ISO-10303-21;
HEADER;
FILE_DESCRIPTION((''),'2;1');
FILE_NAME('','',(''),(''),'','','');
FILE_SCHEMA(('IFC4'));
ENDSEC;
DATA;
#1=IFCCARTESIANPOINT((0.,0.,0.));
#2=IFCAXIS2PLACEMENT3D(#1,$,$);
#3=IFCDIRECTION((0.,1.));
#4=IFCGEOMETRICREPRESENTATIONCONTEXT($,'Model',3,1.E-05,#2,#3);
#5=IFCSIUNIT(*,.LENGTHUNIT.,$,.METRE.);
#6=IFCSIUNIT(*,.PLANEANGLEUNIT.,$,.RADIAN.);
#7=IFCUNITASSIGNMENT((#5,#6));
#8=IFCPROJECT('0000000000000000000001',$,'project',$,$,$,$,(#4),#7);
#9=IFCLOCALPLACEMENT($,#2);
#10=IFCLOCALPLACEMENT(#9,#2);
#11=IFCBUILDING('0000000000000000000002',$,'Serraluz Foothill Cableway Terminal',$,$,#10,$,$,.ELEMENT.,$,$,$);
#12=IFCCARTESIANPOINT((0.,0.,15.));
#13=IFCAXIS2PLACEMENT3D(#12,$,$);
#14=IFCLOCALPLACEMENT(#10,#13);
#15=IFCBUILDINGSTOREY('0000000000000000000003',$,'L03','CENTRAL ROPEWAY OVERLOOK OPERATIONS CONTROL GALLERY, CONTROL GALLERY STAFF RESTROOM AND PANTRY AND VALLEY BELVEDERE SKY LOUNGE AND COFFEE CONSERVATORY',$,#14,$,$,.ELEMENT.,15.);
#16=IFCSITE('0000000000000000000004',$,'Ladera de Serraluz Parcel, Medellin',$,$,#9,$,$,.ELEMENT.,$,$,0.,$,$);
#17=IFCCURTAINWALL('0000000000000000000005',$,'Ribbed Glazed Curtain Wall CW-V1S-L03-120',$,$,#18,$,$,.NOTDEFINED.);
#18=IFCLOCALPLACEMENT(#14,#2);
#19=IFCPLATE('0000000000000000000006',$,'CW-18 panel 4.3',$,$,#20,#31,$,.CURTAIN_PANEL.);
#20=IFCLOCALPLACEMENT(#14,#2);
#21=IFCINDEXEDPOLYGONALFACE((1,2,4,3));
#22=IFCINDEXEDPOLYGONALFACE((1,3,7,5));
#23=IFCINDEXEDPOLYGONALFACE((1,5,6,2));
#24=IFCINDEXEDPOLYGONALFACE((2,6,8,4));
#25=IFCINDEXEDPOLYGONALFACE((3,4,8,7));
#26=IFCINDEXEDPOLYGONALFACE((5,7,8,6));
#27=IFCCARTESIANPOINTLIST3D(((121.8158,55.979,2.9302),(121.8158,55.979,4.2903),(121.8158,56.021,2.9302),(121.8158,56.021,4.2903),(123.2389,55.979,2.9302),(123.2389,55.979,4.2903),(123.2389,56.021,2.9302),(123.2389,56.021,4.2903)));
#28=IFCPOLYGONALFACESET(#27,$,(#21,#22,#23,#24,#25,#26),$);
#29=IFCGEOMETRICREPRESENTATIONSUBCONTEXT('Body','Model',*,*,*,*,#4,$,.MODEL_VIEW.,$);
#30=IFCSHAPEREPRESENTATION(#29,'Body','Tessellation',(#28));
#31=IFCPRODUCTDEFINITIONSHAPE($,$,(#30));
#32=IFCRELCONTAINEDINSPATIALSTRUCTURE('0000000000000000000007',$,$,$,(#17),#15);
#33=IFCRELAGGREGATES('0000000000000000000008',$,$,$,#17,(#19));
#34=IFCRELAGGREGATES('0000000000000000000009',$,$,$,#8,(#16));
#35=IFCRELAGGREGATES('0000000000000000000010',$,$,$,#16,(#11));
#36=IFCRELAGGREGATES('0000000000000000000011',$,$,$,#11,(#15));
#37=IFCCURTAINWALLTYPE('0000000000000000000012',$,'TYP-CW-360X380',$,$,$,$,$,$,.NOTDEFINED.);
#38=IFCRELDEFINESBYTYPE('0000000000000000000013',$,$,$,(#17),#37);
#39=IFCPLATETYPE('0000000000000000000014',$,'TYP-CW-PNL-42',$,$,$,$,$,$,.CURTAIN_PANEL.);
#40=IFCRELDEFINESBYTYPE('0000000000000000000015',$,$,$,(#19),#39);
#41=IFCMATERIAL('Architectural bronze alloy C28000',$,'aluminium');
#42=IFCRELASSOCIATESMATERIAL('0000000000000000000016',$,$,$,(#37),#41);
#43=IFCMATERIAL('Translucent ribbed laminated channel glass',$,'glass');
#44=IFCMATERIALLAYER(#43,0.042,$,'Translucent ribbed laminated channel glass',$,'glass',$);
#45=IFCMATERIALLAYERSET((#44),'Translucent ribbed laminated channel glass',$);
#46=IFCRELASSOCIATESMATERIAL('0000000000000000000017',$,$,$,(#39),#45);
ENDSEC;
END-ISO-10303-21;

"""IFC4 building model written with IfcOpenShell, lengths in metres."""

from ifc_helpers import new_model, si_unit, direction, frame, origin, origin_2d, place, context, subcontext, project, spatial, rectangle, extrude, material, layer, layer_set, type_object, element, aggregate, save


model = new_model("IFC4")

# Units and contexts
model_context = context("Model", 3, precision=1e-05, world=origin(), true_north=direction((0.0, 1.0)))
body_context = subcontext(model_context, "Body", "Model", "MODEL_VIEW")
ifc_project = project(units=[si_unit("LENGTHUNIT", "METRE"), si_unit("PLANEANGLEUNIT", "RADIAN")], contexts=[model_context])

# Site, building, storey
site_placement = place(None, origin())
site = spatial("IfcSite", under=ifc_project, at=site_placement, Name="Ladera de Serraluz Parcel, Medellin", CompositionType="ELEMENT", RefElevation=0.0)
building_placement = place(site_placement, origin())
building = spatial("IfcBuilding", under=site, at=building_placement, Name="Serraluz Foothill Cableway Terminal", CompositionType="ELEMENT")
storey_placement = place(building_placement, frame((0.0, 0.0, 15.0)))
storey = spatial("IfcBuildingStorey", under=building, at=storey_placement, Name="L03", Description="CENTRAL ROPEWAY OVERLOOK OPERATIONS CONTROL GALLERY, CONTROL GALLERY STAFF RESTROOM AND PANTRY AND VALLEY BELVEDERE SKY LOUNGE AND COFFEE CONSERVATORY", CompositionType="ELEMENT", Elevation=15.0)

# Curtain wall
ifc_material_1 = material(Name="Architectural bronze alloy C28000", Category="aluminium")
curtain_wall_type = type_object("IfcCurtainWallType", Name="TYP-CW-360X380", PredefinedType="NOTDEFINED", material=ifc_material_1)
curtain_wall_placement = place(storey_placement, origin())
curtain_wall = element("IfcCurtainWall", 1, at=curtain_wall_placement, inside=storey, type_object=curtain_wall_type, Name="Ribbed Glazed Curtain Wall CW-V1S-L03-120", PredefinedType="NOTDEFINED")

# Plate
ifc_material_2 = material(Name="Translucent ribbed laminated channel glass", Category="glass")
ifc_layer = layer(ifc_material_2, 0.042, Name="Translucent ribbed laminated channel glass", Category="glass")
ifc_layer_set = layer_set([ifc_layer], Name="Translucent ribbed laminated channel glass")
plate_type = type_object("IfcPlateType", Name="TYP-CW-PNL-42", PredefinedType="CURTAIN_PANEL", material=ifc_layer_set)
plate_1_placement = place(storey_placement, frame((122.5273, 56.0, 2.9302), z_axis=(0.0, 0.0, 1.0), x_axis=(-1.0, 0.0, 0.0)))
plate_1 = element("IfcPlate", 2, at=plate_1_placement, type_object=plate_type, Name="CW-18 panel 4.3", PredefinedType="CURTAIN_PANEL", context=body_context, shape_type="SweptSolid", body=[
    extrude(rectangle(XDim=1.4231, YDim=0.042, at=origin_2d()), origin(), (0.0, 0.0, 1.0), 1.3601),
])
aggregate(curtain_wall, [plate_1])

save(model, "model.ifc")
